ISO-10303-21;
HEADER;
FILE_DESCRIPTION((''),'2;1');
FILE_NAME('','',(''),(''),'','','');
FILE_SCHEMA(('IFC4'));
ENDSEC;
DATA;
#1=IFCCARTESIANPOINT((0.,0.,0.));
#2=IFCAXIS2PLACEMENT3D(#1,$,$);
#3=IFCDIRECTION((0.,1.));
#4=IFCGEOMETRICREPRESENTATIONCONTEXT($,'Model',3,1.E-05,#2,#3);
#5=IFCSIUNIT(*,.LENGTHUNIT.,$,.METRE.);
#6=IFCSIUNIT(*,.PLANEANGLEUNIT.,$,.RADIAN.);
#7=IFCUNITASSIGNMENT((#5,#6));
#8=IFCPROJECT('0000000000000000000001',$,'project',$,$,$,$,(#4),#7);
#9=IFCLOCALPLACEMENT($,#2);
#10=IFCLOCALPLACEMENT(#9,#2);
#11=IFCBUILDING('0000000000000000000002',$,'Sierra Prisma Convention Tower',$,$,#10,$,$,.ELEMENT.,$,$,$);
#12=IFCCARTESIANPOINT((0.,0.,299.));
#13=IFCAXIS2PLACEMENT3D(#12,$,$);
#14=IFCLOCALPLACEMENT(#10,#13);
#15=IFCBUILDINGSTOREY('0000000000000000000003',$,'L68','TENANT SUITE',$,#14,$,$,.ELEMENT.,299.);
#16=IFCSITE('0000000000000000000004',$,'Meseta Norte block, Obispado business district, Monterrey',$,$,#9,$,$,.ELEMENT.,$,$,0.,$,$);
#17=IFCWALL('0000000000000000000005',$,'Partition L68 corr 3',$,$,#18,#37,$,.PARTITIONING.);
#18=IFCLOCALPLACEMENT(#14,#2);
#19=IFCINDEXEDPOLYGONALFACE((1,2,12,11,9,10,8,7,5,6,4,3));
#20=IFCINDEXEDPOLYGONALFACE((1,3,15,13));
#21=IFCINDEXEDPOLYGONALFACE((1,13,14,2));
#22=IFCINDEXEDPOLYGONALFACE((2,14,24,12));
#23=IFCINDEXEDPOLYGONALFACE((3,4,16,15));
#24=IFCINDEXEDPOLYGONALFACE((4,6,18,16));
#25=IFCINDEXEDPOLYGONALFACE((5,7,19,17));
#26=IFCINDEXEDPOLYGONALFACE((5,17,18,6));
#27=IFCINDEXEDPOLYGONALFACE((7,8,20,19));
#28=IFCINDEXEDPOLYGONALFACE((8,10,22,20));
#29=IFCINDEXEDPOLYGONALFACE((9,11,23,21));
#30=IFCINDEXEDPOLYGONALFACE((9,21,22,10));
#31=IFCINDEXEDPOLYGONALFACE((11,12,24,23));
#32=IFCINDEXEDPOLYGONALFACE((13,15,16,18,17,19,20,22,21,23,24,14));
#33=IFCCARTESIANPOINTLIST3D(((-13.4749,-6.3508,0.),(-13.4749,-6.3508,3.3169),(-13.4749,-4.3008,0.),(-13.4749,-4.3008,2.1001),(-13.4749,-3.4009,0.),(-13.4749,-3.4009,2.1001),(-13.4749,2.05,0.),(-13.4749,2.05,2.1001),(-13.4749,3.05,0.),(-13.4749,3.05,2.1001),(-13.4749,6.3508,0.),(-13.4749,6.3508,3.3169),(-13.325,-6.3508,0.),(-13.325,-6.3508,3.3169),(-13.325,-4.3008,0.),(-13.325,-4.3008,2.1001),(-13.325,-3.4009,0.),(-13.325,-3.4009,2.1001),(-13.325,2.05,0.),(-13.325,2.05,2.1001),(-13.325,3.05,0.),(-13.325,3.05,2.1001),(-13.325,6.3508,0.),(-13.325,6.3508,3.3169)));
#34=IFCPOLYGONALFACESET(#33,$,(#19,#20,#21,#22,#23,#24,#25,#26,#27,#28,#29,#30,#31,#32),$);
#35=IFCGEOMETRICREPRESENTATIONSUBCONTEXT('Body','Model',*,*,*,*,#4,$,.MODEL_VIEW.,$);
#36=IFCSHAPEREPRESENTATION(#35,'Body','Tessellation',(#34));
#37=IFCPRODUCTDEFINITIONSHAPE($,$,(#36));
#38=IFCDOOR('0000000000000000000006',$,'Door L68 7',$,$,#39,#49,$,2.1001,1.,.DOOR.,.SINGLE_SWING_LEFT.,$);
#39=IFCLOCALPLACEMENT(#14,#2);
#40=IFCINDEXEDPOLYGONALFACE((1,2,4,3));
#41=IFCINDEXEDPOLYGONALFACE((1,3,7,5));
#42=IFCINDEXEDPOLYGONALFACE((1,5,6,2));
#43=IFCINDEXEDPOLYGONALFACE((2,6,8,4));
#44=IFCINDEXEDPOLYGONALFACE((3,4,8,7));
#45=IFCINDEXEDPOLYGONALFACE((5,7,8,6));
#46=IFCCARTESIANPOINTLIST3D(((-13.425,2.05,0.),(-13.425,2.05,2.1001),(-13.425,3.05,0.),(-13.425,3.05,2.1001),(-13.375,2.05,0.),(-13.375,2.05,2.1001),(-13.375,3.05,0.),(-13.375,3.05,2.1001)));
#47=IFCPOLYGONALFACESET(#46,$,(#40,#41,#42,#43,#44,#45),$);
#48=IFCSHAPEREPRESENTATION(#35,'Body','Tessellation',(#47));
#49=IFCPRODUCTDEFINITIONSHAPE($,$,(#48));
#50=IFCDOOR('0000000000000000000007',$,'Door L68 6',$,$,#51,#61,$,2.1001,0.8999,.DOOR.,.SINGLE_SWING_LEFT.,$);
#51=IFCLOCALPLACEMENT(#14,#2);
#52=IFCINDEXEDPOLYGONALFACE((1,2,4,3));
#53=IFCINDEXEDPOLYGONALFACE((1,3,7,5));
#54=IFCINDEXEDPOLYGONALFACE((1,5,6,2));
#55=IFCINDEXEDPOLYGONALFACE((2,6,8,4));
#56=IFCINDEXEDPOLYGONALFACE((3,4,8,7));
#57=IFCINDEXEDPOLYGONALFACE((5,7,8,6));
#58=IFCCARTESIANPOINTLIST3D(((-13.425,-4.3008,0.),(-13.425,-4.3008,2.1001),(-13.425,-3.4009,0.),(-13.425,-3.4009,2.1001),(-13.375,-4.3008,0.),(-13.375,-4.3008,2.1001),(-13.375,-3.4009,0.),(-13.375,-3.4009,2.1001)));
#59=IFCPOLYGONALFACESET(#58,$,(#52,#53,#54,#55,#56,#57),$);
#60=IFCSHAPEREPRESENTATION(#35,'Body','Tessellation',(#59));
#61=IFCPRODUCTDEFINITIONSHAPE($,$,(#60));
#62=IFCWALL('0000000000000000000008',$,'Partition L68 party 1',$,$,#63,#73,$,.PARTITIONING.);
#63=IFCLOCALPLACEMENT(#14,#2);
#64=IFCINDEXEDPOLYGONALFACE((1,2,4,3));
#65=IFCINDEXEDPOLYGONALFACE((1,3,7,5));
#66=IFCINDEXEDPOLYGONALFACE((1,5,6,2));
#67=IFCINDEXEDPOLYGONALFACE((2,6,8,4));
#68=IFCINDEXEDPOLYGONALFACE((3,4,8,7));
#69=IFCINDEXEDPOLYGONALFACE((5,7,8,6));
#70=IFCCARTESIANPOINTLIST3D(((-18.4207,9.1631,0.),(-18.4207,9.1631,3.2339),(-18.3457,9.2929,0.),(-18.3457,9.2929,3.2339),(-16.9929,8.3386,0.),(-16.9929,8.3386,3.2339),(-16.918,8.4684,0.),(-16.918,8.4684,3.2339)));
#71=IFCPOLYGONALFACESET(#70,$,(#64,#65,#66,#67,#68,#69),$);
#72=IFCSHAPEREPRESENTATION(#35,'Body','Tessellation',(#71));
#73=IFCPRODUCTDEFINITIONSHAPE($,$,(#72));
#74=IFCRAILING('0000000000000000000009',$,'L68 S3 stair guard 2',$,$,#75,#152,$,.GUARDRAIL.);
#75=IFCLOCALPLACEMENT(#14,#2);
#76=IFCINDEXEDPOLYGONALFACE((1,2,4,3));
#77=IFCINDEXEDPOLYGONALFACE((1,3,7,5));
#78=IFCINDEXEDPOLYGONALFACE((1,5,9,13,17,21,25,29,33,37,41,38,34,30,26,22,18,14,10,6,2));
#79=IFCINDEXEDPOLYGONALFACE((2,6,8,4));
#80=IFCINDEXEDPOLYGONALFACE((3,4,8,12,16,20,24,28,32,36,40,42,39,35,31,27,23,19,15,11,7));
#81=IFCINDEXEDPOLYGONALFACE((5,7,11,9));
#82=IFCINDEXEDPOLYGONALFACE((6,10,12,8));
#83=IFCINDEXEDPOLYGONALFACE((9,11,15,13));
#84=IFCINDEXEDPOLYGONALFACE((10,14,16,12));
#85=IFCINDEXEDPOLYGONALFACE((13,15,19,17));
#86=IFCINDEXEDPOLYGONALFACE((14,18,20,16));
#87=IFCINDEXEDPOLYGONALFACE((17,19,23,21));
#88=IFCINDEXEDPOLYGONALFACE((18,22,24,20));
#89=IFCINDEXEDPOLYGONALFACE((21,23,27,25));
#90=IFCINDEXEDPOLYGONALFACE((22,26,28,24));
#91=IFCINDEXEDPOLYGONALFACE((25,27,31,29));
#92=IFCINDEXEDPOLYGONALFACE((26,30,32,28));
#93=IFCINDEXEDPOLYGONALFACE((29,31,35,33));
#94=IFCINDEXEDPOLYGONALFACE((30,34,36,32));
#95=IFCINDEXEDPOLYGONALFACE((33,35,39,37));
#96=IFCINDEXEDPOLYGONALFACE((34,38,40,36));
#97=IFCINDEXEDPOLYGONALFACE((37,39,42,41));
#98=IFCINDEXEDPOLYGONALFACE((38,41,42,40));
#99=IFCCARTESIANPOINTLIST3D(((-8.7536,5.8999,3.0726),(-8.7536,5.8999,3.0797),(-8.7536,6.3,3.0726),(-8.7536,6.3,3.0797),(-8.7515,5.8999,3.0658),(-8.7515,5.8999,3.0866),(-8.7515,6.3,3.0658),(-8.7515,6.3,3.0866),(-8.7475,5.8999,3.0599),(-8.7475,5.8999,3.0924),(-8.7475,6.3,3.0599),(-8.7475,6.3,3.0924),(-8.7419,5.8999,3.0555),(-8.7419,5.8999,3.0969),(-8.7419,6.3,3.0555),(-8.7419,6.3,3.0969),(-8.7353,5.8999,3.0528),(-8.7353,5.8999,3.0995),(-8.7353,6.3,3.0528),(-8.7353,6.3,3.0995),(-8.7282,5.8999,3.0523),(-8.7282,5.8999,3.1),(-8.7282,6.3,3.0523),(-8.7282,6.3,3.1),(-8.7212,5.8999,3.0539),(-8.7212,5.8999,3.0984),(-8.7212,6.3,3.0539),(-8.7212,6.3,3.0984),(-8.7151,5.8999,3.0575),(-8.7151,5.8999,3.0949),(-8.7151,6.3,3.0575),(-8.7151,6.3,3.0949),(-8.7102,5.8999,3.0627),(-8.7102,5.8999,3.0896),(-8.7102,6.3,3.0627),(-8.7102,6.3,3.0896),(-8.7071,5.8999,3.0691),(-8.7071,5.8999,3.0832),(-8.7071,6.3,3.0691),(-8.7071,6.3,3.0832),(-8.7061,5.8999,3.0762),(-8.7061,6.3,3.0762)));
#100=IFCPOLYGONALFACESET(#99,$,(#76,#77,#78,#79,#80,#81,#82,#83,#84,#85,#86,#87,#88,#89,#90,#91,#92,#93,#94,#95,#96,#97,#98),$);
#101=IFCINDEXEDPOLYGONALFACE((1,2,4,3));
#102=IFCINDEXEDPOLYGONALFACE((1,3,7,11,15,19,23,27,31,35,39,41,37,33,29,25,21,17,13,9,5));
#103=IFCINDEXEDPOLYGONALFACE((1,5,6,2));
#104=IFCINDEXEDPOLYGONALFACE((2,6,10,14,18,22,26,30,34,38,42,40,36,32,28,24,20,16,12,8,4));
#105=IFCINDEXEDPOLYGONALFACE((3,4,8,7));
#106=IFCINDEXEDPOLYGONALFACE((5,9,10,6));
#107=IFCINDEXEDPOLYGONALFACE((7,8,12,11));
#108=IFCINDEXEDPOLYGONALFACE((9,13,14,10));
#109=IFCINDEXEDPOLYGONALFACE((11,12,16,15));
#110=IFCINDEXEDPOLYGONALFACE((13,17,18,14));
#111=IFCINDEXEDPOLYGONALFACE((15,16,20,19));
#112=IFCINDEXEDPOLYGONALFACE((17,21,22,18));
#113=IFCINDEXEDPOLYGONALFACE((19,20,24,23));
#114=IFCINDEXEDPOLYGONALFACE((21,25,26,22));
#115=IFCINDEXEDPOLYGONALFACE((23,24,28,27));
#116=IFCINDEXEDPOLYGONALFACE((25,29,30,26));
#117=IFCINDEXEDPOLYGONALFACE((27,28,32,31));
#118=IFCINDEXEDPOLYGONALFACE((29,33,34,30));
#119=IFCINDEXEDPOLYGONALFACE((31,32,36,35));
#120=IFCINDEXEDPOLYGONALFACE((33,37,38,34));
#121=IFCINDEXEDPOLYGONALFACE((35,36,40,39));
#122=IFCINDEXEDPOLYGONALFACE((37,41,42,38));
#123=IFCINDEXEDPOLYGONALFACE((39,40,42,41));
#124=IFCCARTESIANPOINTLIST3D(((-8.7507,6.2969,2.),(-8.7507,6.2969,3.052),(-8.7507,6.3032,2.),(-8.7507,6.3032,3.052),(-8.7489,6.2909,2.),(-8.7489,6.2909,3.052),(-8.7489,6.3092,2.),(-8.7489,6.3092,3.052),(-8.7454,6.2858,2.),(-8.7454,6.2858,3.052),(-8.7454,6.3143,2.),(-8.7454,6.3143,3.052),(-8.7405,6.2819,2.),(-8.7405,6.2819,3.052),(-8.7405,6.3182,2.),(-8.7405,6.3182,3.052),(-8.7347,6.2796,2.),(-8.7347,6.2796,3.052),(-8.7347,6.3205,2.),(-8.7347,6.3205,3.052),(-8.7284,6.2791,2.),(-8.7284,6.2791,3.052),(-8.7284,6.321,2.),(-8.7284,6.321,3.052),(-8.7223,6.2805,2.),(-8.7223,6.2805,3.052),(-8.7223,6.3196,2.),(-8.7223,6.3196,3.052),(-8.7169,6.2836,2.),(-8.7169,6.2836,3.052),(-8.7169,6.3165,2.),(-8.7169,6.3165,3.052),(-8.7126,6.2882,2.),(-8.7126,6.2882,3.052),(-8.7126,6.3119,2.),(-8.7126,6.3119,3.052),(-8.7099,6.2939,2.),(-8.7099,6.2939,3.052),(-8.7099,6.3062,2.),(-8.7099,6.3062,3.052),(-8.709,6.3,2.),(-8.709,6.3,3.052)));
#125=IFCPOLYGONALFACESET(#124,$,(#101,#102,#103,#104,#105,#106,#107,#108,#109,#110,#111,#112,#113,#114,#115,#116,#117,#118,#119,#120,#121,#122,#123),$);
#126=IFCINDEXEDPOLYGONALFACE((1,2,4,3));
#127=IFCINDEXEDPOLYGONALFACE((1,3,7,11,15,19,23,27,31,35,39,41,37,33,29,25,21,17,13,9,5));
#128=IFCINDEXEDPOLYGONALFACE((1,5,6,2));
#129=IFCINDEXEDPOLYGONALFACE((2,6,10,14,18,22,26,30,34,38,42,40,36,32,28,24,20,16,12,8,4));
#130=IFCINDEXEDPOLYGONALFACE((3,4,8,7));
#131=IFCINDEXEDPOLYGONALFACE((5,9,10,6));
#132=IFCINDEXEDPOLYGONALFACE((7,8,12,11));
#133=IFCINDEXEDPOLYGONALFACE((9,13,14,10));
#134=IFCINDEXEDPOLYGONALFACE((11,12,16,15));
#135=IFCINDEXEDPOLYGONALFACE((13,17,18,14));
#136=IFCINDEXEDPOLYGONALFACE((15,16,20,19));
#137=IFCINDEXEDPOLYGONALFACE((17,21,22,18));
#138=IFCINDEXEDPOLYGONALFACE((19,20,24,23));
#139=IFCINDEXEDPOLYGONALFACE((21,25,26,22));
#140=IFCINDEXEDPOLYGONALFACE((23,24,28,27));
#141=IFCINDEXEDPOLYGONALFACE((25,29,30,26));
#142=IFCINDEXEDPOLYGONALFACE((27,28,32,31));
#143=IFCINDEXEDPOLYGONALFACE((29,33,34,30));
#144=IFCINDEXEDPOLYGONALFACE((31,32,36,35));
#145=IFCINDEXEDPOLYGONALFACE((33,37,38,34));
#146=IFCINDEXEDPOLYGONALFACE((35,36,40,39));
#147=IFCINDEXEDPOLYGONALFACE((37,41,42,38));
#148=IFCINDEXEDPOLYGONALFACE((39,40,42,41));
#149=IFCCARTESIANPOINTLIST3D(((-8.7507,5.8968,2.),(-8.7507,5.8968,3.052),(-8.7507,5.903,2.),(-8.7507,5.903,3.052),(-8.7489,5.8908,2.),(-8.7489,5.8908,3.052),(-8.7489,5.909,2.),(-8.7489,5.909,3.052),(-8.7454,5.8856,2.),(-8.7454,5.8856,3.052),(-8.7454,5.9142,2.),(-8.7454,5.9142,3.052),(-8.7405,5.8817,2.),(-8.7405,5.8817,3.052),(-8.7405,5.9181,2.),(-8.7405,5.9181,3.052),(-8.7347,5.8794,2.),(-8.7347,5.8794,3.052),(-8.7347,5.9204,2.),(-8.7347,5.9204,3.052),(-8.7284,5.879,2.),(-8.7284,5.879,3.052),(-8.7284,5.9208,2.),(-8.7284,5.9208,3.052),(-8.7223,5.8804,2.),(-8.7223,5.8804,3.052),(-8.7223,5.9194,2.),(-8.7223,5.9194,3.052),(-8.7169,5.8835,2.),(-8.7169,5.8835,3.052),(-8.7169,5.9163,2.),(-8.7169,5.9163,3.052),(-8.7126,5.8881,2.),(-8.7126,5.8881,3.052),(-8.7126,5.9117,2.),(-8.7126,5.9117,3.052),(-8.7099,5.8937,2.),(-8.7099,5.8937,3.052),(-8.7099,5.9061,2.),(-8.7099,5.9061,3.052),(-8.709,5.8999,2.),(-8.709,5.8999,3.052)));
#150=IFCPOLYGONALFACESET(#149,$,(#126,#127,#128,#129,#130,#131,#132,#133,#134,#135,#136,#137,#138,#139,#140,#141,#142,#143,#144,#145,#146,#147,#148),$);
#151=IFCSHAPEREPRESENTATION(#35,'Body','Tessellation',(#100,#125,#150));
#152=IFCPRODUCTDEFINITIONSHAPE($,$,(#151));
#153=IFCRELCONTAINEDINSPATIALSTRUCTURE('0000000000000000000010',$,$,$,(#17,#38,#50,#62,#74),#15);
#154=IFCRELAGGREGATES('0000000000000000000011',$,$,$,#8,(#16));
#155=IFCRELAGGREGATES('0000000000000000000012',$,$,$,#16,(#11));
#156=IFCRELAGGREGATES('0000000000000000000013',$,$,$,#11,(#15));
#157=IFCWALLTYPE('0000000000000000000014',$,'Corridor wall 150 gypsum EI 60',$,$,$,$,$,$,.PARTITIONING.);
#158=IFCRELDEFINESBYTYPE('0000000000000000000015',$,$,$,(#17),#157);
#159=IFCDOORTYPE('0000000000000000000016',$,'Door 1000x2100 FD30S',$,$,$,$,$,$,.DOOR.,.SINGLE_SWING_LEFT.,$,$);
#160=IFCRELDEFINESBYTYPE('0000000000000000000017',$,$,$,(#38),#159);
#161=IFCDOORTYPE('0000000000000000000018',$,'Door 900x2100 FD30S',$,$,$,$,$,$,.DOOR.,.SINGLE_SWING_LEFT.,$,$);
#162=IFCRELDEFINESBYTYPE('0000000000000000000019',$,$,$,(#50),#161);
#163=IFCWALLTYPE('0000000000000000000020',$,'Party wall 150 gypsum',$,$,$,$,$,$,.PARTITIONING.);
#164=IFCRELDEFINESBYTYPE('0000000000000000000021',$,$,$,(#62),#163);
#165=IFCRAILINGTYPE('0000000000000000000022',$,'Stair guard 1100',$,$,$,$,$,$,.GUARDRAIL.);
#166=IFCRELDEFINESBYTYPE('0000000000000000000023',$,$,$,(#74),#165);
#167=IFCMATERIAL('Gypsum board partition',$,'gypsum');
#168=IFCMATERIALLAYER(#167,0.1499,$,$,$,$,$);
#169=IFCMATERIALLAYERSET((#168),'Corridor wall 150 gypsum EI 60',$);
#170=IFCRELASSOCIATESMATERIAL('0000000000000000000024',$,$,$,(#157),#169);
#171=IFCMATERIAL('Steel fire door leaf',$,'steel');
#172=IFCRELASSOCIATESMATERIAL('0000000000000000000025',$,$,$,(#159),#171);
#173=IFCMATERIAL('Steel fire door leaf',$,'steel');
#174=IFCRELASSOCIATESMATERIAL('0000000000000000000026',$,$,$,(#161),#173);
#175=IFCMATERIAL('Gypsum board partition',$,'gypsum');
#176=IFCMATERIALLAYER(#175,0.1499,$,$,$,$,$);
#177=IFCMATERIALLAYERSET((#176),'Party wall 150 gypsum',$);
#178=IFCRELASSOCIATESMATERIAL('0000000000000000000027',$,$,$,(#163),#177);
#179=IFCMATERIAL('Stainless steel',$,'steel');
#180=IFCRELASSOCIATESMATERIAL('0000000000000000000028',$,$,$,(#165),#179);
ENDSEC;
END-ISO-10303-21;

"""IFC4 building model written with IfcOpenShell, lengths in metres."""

from ifc_helpers import new_model, si_unit, direction, frame, frame_2d, origin, origin_2d, place, context, subcontext, project, spatial, rectangle, circle, extrude, material, layer, layer_set, type_object, element, fill, save


model = new_model("IFC4")

# Units and contexts
model_context = context("Model", 3, precision=1e-05, world=origin(), true_north=direction((0.0, 1.0)))
body_context = subcontext(model_context, "Body", "Model", "MODEL_VIEW")
ifc_project = project(units=[si_unit("LENGTHUNIT", "METRE"), si_unit("PLANEANGLEUNIT", "RADIAN")], contexts=[model_context])

# Site, building, storey
site_placement = place(None, origin())
site = spatial("IfcSite", under=ifc_project, at=site_placement, Name="Meseta Norte block, Obispado business district, Monterrey", CompositionType="ELEMENT", RefElevation=0.0)
building_placement = place(site_placement, origin())
building = spatial("IfcBuilding", under=site, at=building_placement, Name="Sierra Prisma Convention Tower", CompositionType="ELEMENT")
storey_placement = place(building_placement, frame((0.0, 0.0, 299.0)))
storey = spatial("IfcBuildingStorey", under=building, at=storey_placement, Name="L68", Description="TENANT SUITE", CompositionType="ELEMENT", Elevation=299.0)

# Shared definitions
ifc_material_1 = material(Name="Gypsum board partition", Category="gypsum")
ifc_layer_1 = layer(ifc_material_1, 0.1499)
ifc_layer_set_1 = layer_set([ifc_layer_1], Name="Corridor wall 150 gypsum EI 60")
wall_type_1 = type_object("IfcWallType", Name="Corridor wall 150 gypsum EI 60", PredefinedType="PARTITIONING", material=ifc_layer_set_1)

# Wall, openings, doors
wall_1_placement = place(storey_placement, frame((-13.3999, 6.3508, 0.0), z_axis=(0.0, 0.0, 1.0), x_axis=(0.0, -1.0, 0.0)))
wall_1 = element("IfcWall", 1, at=wall_1_placement, inside=storey, type_object=wall_type_1, Name="Partition L68 corr 3", PredefinedType="PARTITIONING", context=body_context, shape_type="SweptSolid", body=[
    extrude(rectangle(XDim=12.7017, YDim=0.1499, at=frame_2d((6.3508, 0.0))), origin(), (0.0, 0.0, 1.0), 3.3169),
])
opening_1_placement = place(wall_1_placement, frame((9.7517, 0.0, 0.0)))
opening_1 = element("IfcOpeningElement", 2, at=opening_1_placement, cuts=wall_1, PredefinedType="OPENING", context=body_context, shape_type="SweptSolid", body=[
    extrude(rectangle(XDim=0.8999, YDim=2.1001, at=frame_2d((0.45, 1.05))), frame((0.0, 0.075, 0.0), z_axis=(0.0, -1.0, 0.0), x_axis=(1.0, 0.0, 0.0)), (0.0, 0.0, 1.0), 0.1499),
])
opening_2_placement = place(wall_1_placement, frame((3.3008, 0.0, 0.0)))
opening_2 = element("IfcOpeningElement", 3, at=opening_2_placement, cuts=wall_1, PredefinedType="OPENING", context=body_context, shape_type="SweptSolid", body=[
    extrude(rectangle(XDim=1.0, YDim=2.1001, at=frame_2d((0.5, 1.05))), frame((0.0, 0.075, 0.0), z_axis=(0.0, -1.0, 0.0), x_axis=(1.0, 0.0, 0.0)), (0.0, 0.0, 1.0), 0.1499),
])
ifc_material_2 = material(Name="Steel fire door leaf", Category="steel")
door_type_1 = type_object("IfcDoorType", Name="Door 1000x2100 FD30S", OperationType="SINGLE_SWING_LEFT", PredefinedType="DOOR", material=ifc_material_2)
door_1_placement = place(opening_2_placement, origin())
door_1 = element("IfcDoor", 4, at=door_1_placement, inside=storey, type_object=door_type_1, Name="Door L68 7", OperationType="SINGLE_SWING_LEFT", OverallHeight=2.1001, OverallWidth=1.0, PredefinedType="DOOR", context=body_context, shape_type="SweptSolid", body=[
    extrude(rectangle(XDim=1.0, YDim=2.1001, at=frame_2d((0.5, 1.05))), frame((0.0, 0.0249, 0.0), z_axis=(0.0, -1.0, 0.0), x_axis=(1.0, 0.0, 0.0)), (0.0, 0.0, 1.0), 0.05),
])
fill(opening_2, door_1)
ifc_material_3 = material(Name="Steel fire door leaf", Category="steel")
door_type_2 = type_object("IfcDoorType", Name="Door 900x2100 FD30S", OperationType="SINGLE_SWING_LEFT", PredefinedType="DOOR", material=ifc_material_3)
door_2_placement = place(opening_1_placement, origin())
door_2 = element("IfcDoor", 5, at=door_2_placement, inside=storey, type_object=door_type_2, Name="Door L68 6", OperationType="SINGLE_SWING_LEFT", OverallHeight=2.1001, OverallWidth=0.8999, PredefinedType="DOOR", context=body_context, shape_type="SweptSolid", body=[
    extrude(rectangle(XDim=0.8999, YDim=2.1001, at=frame_2d((0.45, 1.05))), frame((0.0, 0.0249, 0.0), z_axis=(0.0, -1.0, 0.0), x_axis=(1.0, 0.0, 0.0)), (0.0, 0.0, 1.0), 0.05),
])
fill(opening_1, door_2)

# Wall
ifc_material_4 = material(Name="Gypsum board partition", Category="gypsum")
ifc_layer_2 = layer(ifc_material_4, 0.1499)
ifc_layer_set_2 = layer_set([ifc_layer_2], Name="Party wall 150 gypsum")
wall_type_2 = type_object("IfcWallType", Name="Party wall 150 gypsum", PredefinedType="PARTITIONING", material=ifc_layer_set_2)
wall_2_placement = place(storey_placement, frame((-16.9556, 8.4036, 0.0), z_axis=(0.0, 0.0, 1.0), x_axis=(-0.865983, 0.500073, 0.0)))
element("IfcWall", 6, at=wall_2_placement, inside=storey, type_object=wall_type_2, Name="Partition L68 party 1", PredefinedType="PARTITIONING", context=body_context, shape_type="SweptSolid", body=[
    extrude(rectangle(XDim=1.6487, YDim=0.1499, at=frame_2d((0.8242, 0.0))), origin(), (0.0, 0.0, 1.0), 3.2339),
])

# Railing
ifc_material_5 = material(Name="Stainless steel", Category="steel")
railing_type = type_object("IfcRailingType", Name="Stair guard 1100", PredefinedType="GUARDRAIL", material=ifc_material_5)
railing_placement = place(storey_placement, frame((-8.73, 6.3, 2.0)))
element("IfcRailing", 7, at=railing_placement, inside=storey, type_object=railing_type, Name="L68 S3 stair guard 2", PredefinedType="GUARDRAIL", context=body_context, shape_type="SweptSolid", body=[
    extrude(circle(Radius=0.0239, at=origin_2d()), frame((0.0, 0.0, 1.0762), z_axis=(0.0, -1.0, 0.0), x_axis=(1.0, 0.0, 0.0)), (0.0, 0.0, 1.0), 0.4001),
    extrude(circle(Radius=0.021, at=origin_2d()), origin(), (0.0, 0.0, 1.0), 1.052),
    extrude(circle(Radius=0.021, at=origin_2d()), frame((0.0, -0.4001, 0.0)), (0.0, 0.0, 1.0), 1.052),
])

save(model, "model.ifc")
